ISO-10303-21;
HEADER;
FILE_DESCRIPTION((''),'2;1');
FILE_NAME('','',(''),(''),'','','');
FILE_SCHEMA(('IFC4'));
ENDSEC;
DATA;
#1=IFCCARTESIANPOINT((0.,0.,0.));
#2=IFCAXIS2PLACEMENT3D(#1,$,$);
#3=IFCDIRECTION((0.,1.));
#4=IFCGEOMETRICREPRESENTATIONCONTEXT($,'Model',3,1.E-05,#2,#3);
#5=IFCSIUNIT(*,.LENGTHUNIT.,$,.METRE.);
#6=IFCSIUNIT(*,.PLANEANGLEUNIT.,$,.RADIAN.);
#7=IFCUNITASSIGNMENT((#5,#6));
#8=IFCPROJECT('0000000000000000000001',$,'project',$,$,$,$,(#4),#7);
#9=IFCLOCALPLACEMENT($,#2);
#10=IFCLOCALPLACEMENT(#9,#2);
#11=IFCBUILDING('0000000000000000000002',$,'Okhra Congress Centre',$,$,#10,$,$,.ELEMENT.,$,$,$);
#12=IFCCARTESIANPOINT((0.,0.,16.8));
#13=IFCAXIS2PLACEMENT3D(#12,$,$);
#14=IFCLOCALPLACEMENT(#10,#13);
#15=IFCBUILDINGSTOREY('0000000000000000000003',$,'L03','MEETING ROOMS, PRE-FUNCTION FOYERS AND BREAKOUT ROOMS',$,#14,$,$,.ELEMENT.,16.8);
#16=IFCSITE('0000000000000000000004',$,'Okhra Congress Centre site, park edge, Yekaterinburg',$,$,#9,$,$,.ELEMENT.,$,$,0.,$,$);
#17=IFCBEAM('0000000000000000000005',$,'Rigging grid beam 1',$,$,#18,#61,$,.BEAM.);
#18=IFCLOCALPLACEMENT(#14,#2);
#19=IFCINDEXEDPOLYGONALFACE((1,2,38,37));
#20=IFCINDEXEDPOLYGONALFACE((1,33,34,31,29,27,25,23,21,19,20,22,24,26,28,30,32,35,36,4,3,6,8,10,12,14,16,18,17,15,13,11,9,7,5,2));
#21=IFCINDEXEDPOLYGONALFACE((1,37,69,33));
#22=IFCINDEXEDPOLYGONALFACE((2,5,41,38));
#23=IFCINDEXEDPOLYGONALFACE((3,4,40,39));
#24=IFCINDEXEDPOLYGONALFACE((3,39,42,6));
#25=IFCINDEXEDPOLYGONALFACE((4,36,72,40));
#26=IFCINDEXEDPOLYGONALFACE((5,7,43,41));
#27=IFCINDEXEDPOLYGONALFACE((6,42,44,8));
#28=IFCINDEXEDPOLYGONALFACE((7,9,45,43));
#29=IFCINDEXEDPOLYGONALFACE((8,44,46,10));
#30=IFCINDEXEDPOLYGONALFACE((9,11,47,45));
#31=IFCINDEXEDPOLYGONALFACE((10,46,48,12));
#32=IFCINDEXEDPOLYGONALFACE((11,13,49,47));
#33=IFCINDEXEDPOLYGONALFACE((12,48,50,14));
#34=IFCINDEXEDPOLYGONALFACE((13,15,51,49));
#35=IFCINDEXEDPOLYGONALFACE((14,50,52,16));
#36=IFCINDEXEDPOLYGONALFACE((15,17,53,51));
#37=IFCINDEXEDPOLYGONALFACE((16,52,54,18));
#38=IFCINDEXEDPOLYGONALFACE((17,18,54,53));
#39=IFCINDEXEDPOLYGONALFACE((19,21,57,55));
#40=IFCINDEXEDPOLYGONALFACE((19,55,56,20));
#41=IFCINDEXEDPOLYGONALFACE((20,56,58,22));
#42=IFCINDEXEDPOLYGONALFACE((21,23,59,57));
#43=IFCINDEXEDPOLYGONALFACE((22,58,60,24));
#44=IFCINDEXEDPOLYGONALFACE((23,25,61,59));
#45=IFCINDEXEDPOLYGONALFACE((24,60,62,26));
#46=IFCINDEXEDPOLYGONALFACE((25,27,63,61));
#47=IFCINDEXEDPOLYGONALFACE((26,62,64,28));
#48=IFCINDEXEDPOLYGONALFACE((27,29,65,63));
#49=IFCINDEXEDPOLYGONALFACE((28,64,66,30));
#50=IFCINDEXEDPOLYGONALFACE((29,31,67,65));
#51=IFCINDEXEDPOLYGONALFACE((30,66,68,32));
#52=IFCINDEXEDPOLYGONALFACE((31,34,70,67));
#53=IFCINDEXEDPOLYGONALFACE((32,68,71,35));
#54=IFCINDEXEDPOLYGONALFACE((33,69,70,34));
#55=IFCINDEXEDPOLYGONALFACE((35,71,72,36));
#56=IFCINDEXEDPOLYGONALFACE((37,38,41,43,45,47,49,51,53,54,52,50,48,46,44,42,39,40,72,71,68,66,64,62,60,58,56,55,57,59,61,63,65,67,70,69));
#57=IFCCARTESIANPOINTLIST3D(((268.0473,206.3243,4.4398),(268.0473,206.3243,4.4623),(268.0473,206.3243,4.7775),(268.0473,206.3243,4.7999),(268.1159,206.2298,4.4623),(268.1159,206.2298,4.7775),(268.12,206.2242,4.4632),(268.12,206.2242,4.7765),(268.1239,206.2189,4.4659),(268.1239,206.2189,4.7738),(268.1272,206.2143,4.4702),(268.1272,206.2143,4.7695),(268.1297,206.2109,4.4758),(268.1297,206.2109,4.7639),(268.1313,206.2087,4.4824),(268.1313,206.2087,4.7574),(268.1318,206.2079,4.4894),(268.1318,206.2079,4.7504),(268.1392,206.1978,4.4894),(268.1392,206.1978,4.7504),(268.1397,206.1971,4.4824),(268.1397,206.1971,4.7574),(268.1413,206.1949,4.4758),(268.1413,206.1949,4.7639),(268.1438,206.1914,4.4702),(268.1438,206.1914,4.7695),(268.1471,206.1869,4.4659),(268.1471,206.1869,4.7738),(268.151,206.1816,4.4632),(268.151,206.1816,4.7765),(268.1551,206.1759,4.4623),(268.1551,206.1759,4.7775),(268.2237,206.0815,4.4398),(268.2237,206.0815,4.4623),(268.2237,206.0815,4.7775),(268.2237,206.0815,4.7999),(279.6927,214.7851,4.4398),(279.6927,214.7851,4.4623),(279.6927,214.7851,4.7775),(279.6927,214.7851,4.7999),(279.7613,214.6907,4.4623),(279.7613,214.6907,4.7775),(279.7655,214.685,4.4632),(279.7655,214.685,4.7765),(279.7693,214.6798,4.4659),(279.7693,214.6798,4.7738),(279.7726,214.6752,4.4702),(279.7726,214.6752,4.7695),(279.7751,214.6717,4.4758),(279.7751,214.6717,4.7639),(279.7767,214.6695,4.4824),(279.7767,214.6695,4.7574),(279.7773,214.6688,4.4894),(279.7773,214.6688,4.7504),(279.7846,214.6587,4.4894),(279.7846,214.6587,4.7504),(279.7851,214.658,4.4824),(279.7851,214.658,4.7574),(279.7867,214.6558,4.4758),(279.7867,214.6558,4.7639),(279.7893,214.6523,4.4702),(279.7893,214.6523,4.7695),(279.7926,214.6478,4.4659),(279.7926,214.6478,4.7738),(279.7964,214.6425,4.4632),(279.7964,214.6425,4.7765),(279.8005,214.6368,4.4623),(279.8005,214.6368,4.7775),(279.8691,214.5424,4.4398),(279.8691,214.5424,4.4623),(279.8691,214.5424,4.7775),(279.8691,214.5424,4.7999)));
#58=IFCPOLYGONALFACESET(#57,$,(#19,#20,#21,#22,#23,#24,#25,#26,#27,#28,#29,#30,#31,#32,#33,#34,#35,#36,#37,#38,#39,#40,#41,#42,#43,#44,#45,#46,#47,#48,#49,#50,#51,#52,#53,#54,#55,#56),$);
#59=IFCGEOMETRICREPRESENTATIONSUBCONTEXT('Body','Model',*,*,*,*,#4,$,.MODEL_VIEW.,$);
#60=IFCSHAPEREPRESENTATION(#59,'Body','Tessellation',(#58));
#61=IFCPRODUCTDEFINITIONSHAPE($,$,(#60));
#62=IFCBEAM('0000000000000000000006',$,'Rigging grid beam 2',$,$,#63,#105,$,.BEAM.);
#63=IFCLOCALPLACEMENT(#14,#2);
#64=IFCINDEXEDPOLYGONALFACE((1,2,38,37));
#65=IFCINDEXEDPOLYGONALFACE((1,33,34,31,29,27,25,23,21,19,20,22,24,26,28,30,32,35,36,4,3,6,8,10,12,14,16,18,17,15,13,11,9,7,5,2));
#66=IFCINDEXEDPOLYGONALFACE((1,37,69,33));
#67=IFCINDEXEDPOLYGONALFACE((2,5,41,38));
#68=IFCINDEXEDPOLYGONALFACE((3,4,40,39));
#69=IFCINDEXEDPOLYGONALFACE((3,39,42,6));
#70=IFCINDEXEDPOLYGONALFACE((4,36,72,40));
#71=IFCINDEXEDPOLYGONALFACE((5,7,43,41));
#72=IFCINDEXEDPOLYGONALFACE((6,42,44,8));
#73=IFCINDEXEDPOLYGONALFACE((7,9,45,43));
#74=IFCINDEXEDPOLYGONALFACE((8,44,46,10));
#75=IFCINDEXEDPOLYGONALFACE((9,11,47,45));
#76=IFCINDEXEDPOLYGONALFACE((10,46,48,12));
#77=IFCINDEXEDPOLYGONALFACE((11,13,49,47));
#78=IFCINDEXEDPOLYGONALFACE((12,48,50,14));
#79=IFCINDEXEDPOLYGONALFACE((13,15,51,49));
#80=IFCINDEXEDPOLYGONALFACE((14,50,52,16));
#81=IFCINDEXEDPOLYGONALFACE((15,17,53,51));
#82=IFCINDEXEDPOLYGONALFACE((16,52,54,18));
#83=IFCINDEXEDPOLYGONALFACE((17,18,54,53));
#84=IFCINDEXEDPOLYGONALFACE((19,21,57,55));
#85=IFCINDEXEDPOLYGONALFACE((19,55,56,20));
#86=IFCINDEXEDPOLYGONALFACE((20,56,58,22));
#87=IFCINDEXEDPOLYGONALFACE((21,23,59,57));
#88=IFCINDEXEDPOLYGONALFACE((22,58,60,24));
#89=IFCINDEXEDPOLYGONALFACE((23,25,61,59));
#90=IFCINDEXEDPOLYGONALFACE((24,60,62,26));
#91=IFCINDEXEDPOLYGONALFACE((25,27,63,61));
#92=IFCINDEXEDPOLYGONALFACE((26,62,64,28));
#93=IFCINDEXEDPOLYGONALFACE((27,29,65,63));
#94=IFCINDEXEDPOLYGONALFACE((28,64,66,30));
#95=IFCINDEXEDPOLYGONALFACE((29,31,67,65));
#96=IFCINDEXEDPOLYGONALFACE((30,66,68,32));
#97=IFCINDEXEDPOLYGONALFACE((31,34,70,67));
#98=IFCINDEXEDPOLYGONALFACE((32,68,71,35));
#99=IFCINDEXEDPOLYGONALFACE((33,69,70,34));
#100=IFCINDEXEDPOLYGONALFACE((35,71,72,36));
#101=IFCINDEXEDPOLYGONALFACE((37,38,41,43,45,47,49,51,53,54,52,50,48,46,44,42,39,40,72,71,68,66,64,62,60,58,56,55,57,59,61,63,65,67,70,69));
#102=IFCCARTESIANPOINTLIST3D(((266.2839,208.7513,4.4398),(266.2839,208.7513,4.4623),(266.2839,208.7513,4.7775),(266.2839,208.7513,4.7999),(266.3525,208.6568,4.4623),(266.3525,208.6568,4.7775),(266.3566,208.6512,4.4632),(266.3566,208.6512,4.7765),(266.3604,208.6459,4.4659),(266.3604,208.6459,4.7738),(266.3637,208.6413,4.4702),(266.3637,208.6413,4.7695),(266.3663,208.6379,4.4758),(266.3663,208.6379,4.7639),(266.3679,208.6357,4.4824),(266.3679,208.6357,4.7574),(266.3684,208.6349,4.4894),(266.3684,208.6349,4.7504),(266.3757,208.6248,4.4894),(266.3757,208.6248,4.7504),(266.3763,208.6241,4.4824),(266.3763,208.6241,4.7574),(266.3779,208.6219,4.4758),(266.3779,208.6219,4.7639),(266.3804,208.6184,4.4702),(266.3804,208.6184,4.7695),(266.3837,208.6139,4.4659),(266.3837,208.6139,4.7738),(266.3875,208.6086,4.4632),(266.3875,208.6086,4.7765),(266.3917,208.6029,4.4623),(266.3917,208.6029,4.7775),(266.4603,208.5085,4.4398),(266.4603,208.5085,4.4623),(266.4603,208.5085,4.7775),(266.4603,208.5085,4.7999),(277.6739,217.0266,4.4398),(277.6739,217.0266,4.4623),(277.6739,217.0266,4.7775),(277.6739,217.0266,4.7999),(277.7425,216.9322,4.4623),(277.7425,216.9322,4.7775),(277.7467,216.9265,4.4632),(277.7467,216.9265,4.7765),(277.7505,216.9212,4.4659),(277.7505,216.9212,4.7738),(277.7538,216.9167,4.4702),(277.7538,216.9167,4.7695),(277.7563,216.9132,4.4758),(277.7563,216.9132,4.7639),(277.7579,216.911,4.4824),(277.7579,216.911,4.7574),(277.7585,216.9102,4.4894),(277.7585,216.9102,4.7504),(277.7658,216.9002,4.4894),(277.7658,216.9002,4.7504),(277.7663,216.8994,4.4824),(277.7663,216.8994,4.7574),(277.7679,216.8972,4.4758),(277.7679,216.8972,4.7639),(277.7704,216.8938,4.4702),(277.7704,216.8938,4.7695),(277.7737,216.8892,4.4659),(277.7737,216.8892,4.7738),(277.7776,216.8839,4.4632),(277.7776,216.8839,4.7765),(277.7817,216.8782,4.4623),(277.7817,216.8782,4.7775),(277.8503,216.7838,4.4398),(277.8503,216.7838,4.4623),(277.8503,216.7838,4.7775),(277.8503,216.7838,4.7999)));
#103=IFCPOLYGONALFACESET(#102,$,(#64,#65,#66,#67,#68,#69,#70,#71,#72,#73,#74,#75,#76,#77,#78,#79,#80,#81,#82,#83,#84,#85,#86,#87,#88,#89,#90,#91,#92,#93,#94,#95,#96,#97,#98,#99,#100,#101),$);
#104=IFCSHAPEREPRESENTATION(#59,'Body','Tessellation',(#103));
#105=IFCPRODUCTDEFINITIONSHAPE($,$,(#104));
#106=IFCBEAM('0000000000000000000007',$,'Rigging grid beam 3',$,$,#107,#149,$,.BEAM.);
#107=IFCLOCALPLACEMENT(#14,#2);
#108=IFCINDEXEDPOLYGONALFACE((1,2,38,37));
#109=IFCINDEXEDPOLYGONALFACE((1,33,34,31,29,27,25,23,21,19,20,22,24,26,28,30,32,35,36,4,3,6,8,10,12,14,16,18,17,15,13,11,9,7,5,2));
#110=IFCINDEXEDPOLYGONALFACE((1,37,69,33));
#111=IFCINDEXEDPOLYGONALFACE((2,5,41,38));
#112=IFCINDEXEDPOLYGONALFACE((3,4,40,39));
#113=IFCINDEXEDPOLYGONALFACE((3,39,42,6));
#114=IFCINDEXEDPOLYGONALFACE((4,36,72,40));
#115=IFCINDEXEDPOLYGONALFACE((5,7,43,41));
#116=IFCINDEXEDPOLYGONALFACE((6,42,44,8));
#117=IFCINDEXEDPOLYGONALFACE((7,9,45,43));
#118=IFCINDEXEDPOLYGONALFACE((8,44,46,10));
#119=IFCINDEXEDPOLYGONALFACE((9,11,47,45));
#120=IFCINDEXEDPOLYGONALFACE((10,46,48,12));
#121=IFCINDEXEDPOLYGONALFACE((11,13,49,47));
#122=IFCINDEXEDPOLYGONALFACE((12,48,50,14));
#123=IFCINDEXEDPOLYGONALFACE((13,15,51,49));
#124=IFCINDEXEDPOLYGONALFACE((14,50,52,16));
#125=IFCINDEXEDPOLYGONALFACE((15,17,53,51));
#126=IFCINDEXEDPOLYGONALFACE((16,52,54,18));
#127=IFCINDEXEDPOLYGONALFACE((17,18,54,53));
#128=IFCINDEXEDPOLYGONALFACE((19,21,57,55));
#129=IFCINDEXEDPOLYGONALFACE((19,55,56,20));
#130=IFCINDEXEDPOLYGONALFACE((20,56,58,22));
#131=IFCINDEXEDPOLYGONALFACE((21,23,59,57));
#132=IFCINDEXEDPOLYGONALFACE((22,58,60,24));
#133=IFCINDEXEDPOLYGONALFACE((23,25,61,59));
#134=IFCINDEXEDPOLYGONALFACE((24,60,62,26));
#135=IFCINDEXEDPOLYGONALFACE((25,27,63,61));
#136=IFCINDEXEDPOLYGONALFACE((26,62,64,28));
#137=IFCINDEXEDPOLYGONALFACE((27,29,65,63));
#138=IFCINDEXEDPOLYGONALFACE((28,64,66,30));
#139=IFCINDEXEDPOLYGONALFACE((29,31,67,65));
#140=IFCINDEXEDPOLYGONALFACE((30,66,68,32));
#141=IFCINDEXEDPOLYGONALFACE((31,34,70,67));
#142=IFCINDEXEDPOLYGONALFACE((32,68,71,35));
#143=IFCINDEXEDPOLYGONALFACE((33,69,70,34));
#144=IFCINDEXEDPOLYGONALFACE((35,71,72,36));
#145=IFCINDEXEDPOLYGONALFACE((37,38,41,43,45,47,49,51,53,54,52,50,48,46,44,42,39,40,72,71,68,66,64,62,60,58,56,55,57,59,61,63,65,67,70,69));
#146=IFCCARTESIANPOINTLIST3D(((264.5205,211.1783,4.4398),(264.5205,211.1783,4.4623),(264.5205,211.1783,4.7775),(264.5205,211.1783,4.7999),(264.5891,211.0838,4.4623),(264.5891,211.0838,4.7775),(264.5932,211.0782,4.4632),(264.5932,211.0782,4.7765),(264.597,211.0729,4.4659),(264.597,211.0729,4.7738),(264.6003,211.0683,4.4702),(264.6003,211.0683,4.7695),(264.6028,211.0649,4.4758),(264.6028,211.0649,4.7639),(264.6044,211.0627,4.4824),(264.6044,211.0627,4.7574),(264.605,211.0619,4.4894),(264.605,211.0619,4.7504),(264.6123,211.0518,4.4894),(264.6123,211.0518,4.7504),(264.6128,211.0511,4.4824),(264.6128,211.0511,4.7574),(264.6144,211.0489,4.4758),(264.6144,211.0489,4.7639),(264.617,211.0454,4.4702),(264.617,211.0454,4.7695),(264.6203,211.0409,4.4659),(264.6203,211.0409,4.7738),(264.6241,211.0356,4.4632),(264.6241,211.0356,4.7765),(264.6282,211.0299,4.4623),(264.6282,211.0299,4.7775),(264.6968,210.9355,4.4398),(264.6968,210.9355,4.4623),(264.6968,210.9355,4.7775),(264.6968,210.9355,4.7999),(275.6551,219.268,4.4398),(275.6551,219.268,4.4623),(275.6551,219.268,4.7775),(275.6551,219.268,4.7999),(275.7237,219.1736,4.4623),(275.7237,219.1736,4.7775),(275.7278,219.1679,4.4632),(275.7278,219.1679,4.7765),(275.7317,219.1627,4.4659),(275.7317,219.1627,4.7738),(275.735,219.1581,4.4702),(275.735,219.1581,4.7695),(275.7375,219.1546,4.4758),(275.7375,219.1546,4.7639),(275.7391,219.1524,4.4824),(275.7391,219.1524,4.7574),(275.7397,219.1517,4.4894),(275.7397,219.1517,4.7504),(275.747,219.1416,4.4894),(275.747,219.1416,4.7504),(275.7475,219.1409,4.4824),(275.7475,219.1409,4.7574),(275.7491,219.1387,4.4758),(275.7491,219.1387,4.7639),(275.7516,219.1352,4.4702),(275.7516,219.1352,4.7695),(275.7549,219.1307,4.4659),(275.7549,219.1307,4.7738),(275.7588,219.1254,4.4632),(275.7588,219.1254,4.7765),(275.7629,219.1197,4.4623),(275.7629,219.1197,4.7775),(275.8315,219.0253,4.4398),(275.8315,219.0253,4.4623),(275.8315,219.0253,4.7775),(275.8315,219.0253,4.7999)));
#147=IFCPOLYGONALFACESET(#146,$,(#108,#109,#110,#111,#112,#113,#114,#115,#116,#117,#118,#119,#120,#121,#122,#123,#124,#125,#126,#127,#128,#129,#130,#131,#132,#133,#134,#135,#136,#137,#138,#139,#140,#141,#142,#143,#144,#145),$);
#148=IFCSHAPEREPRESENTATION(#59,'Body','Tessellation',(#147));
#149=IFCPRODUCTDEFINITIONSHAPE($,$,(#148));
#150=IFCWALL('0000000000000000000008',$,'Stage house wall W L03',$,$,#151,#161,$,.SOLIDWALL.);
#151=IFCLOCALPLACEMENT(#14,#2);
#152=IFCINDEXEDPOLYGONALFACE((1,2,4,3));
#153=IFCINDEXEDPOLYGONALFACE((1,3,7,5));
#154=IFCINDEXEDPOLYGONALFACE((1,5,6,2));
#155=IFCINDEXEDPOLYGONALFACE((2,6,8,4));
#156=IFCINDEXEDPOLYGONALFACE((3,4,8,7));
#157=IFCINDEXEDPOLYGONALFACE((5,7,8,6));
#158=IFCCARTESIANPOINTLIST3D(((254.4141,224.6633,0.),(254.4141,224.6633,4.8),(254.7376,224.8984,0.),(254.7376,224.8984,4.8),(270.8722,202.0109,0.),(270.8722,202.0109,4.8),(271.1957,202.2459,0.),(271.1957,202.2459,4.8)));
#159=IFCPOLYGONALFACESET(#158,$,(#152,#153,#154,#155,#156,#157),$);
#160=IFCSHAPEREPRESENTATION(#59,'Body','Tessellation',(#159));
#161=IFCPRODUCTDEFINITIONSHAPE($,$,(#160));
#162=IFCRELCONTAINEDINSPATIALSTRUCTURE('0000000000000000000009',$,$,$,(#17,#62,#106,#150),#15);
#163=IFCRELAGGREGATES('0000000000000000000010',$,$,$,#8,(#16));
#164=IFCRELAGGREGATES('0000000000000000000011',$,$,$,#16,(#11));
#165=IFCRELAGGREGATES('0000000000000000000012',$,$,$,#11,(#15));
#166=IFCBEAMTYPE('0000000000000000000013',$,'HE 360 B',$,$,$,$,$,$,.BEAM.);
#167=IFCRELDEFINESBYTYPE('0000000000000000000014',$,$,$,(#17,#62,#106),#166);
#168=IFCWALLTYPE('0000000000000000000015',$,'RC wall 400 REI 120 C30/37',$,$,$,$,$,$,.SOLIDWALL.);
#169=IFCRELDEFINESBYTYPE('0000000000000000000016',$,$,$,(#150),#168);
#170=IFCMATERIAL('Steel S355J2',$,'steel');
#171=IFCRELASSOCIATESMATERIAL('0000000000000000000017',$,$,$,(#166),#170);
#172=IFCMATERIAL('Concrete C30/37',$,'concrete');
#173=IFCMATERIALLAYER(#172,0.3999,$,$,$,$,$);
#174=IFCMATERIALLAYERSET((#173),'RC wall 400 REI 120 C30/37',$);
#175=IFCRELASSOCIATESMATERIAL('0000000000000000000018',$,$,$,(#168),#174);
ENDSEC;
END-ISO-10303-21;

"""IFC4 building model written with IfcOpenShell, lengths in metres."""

from ifc_helpers import new_model, si_unit, direction, frame, frame_2d, origin, origin_2d, place, context, subcontext, project, spatial, rectangle, i_section, extrude, material, layer, layer_set, material_profile, profile_set, type_object, element, save


model = new_model("IFC4")

# Units and contexts
model_context = context("Model", 3, precision=1e-05, world=origin(), true_north=direction((0.0, 1.0)))
body_context = subcontext(model_context, "Body", "Model", "MODEL_VIEW")
ifc_project = project(units=[si_unit("LENGTHUNIT", "METRE"), si_unit("PLANEANGLEUNIT", "RADIAN")], contexts=[model_context])

# Site, building, storey
site_placement = place(None, origin())
site = spatial("IfcSite", under=ifc_project, at=site_placement, Name="Okhra Congress Centre site, park edge, Yekaterinburg", CompositionType="ELEMENT", RefElevation=0.0)
building_placement = place(site_placement, origin())
building = spatial("IfcBuilding", under=site, at=building_placement, Name="Okhra Congress Centre", CompositionType="ELEMENT")
storey_placement = place(building_placement, frame((0.0, 0.0, 16.8)))
storey = spatial("IfcBuildingStorey", under=building, at=storey_placement, Name="L03", Description="MEETING ROOMS, PRE-FUNCTION FOYERS AND BREAKOUT ROOMS", CompositionType="ELEMENT", Elevation=16.8)

# Beams
ifc_material_1 = material(Name="Steel S355J2", Category="steel")
ifc_material_profile_1 = material_profile(ifc_material_1, i_section(OverallWidth=0.3, OverallDepth=0.3601, WebThickness=0.0125, FlangeThickness=0.0225, FilletRadius=0.0271, at=origin_2d()), Name="HE 360 B")
ifc_profile_set_1 = profile_set([ifc_material_profile_1], Name="Steel S355J2")
beam_type = type_object("IfcBeamType", Name="HE 360 B", PredefinedType="BEAM", material=ifc_profile_set_1)
beam_1_placement = place(storey_placement, frame((268.1355, 206.2029, 4.6199), z_axis=(0.809018, 0.587784, 0.0), x_axis=(-0.587784, 0.809018, 0.0)))
element("IfcBeam", 1, at=beam_1_placement, inside=storey, type_object=beam_type, Name="Rigging grid beam 1", PredefinedType="BEAM", context=body_context, shape_type="SweptSolid", body=[
    extrude(i_section(OverallWidth=0.3, OverallDepth=0.3601, WebThickness=0.0125, FlangeThickness=0.0225, FilletRadius=0.0271, at=origin_2d()), origin(), (0.0, 0.0, 1.0), 14.3945),
])
beam_2_placement = place(storey_placement, frame((266.3721, 208.6299, 4.6199), z_axis=(0.809018, 0.587784, 0.0), x_axis=(-0.587784, 0.809018, 0.0)))
element("IfcBeam", 2, at=beam_2_placement, inside=storey, type_object=beam_type, Name="Rigging grid beam 2", PredefinedType="BEAM", context=body_context, shape_type="SweptSolid", body=[
    extrude(i_section(OverallWidth=0.3, OverallDepth=0.3601, WebThickness=0.0125, FlangeThickness=0.0225, FilletRadius=0.0271, at=origin_2d()), origin(), (0.0, 0.0, 1.0), 14.0789),
])
beam_3_placement = place(storey_placement, frame((264.6086, 211.0569, 4.6199), z_axis=(0.809018, 0.587783, 0.0), x_axis=(-0.587783, 0.809018, 0.0)))
element("IfcBeam", 3, at=beam_3_placement, inside=storey, type_object=beam_type, Name="Rigging grid beam 3", PredefinedType="BEAM", context=body_context, shape_type="SweptSolid", body=[
    extrude(i_section(OverallWidth=0.3, OverallDepth=0.3601, WebThickness=0.0125, FlangeThickness=0.0225, FilletRadius=0.0271, at=origin_2d()), origin(), (0.0, 0.0, 1.0), 13.7632),
])

# Wall
ifc_material_2 = material(Name="Concrete C30/37", Category="concrete")
ifc_layer_1 = layer(ifc_material_2, 0.3999)
ifc_layer_set_1 = layer_set([ifc_layer_1], Name="RC wall 400 REI 120 C30/37")
wall_type_1 = type_object("IfcWallType", Name="RC wall 400 REI 120 C30/37", PredefinedType="SOLIDWALL", material=ifc_layer_set_1)
wall_1_placement = place(storey_placement, frame((271.0339, 202.1284, 0.0), z_axis=(0.0, 0.0, 1.0), x_axis=(-0.587788, 0.809015, 0.0)))
element("IfcWall", 4, at=wall_1_placement, inside=storey, type_object=wall_type_1, Name="Stage house wall W L03", PredefinedType="SOLIDWALL", context=body_context, shape_type="SweptSolid", body=[
    extrude(rectangle(XDim=28.0, YDim=0.3999, at=frame_2d((14.0, 0.0))), origin(), (0.0, 0.0, 1.0), 4.8),
])

save(model, "model.ifc")
